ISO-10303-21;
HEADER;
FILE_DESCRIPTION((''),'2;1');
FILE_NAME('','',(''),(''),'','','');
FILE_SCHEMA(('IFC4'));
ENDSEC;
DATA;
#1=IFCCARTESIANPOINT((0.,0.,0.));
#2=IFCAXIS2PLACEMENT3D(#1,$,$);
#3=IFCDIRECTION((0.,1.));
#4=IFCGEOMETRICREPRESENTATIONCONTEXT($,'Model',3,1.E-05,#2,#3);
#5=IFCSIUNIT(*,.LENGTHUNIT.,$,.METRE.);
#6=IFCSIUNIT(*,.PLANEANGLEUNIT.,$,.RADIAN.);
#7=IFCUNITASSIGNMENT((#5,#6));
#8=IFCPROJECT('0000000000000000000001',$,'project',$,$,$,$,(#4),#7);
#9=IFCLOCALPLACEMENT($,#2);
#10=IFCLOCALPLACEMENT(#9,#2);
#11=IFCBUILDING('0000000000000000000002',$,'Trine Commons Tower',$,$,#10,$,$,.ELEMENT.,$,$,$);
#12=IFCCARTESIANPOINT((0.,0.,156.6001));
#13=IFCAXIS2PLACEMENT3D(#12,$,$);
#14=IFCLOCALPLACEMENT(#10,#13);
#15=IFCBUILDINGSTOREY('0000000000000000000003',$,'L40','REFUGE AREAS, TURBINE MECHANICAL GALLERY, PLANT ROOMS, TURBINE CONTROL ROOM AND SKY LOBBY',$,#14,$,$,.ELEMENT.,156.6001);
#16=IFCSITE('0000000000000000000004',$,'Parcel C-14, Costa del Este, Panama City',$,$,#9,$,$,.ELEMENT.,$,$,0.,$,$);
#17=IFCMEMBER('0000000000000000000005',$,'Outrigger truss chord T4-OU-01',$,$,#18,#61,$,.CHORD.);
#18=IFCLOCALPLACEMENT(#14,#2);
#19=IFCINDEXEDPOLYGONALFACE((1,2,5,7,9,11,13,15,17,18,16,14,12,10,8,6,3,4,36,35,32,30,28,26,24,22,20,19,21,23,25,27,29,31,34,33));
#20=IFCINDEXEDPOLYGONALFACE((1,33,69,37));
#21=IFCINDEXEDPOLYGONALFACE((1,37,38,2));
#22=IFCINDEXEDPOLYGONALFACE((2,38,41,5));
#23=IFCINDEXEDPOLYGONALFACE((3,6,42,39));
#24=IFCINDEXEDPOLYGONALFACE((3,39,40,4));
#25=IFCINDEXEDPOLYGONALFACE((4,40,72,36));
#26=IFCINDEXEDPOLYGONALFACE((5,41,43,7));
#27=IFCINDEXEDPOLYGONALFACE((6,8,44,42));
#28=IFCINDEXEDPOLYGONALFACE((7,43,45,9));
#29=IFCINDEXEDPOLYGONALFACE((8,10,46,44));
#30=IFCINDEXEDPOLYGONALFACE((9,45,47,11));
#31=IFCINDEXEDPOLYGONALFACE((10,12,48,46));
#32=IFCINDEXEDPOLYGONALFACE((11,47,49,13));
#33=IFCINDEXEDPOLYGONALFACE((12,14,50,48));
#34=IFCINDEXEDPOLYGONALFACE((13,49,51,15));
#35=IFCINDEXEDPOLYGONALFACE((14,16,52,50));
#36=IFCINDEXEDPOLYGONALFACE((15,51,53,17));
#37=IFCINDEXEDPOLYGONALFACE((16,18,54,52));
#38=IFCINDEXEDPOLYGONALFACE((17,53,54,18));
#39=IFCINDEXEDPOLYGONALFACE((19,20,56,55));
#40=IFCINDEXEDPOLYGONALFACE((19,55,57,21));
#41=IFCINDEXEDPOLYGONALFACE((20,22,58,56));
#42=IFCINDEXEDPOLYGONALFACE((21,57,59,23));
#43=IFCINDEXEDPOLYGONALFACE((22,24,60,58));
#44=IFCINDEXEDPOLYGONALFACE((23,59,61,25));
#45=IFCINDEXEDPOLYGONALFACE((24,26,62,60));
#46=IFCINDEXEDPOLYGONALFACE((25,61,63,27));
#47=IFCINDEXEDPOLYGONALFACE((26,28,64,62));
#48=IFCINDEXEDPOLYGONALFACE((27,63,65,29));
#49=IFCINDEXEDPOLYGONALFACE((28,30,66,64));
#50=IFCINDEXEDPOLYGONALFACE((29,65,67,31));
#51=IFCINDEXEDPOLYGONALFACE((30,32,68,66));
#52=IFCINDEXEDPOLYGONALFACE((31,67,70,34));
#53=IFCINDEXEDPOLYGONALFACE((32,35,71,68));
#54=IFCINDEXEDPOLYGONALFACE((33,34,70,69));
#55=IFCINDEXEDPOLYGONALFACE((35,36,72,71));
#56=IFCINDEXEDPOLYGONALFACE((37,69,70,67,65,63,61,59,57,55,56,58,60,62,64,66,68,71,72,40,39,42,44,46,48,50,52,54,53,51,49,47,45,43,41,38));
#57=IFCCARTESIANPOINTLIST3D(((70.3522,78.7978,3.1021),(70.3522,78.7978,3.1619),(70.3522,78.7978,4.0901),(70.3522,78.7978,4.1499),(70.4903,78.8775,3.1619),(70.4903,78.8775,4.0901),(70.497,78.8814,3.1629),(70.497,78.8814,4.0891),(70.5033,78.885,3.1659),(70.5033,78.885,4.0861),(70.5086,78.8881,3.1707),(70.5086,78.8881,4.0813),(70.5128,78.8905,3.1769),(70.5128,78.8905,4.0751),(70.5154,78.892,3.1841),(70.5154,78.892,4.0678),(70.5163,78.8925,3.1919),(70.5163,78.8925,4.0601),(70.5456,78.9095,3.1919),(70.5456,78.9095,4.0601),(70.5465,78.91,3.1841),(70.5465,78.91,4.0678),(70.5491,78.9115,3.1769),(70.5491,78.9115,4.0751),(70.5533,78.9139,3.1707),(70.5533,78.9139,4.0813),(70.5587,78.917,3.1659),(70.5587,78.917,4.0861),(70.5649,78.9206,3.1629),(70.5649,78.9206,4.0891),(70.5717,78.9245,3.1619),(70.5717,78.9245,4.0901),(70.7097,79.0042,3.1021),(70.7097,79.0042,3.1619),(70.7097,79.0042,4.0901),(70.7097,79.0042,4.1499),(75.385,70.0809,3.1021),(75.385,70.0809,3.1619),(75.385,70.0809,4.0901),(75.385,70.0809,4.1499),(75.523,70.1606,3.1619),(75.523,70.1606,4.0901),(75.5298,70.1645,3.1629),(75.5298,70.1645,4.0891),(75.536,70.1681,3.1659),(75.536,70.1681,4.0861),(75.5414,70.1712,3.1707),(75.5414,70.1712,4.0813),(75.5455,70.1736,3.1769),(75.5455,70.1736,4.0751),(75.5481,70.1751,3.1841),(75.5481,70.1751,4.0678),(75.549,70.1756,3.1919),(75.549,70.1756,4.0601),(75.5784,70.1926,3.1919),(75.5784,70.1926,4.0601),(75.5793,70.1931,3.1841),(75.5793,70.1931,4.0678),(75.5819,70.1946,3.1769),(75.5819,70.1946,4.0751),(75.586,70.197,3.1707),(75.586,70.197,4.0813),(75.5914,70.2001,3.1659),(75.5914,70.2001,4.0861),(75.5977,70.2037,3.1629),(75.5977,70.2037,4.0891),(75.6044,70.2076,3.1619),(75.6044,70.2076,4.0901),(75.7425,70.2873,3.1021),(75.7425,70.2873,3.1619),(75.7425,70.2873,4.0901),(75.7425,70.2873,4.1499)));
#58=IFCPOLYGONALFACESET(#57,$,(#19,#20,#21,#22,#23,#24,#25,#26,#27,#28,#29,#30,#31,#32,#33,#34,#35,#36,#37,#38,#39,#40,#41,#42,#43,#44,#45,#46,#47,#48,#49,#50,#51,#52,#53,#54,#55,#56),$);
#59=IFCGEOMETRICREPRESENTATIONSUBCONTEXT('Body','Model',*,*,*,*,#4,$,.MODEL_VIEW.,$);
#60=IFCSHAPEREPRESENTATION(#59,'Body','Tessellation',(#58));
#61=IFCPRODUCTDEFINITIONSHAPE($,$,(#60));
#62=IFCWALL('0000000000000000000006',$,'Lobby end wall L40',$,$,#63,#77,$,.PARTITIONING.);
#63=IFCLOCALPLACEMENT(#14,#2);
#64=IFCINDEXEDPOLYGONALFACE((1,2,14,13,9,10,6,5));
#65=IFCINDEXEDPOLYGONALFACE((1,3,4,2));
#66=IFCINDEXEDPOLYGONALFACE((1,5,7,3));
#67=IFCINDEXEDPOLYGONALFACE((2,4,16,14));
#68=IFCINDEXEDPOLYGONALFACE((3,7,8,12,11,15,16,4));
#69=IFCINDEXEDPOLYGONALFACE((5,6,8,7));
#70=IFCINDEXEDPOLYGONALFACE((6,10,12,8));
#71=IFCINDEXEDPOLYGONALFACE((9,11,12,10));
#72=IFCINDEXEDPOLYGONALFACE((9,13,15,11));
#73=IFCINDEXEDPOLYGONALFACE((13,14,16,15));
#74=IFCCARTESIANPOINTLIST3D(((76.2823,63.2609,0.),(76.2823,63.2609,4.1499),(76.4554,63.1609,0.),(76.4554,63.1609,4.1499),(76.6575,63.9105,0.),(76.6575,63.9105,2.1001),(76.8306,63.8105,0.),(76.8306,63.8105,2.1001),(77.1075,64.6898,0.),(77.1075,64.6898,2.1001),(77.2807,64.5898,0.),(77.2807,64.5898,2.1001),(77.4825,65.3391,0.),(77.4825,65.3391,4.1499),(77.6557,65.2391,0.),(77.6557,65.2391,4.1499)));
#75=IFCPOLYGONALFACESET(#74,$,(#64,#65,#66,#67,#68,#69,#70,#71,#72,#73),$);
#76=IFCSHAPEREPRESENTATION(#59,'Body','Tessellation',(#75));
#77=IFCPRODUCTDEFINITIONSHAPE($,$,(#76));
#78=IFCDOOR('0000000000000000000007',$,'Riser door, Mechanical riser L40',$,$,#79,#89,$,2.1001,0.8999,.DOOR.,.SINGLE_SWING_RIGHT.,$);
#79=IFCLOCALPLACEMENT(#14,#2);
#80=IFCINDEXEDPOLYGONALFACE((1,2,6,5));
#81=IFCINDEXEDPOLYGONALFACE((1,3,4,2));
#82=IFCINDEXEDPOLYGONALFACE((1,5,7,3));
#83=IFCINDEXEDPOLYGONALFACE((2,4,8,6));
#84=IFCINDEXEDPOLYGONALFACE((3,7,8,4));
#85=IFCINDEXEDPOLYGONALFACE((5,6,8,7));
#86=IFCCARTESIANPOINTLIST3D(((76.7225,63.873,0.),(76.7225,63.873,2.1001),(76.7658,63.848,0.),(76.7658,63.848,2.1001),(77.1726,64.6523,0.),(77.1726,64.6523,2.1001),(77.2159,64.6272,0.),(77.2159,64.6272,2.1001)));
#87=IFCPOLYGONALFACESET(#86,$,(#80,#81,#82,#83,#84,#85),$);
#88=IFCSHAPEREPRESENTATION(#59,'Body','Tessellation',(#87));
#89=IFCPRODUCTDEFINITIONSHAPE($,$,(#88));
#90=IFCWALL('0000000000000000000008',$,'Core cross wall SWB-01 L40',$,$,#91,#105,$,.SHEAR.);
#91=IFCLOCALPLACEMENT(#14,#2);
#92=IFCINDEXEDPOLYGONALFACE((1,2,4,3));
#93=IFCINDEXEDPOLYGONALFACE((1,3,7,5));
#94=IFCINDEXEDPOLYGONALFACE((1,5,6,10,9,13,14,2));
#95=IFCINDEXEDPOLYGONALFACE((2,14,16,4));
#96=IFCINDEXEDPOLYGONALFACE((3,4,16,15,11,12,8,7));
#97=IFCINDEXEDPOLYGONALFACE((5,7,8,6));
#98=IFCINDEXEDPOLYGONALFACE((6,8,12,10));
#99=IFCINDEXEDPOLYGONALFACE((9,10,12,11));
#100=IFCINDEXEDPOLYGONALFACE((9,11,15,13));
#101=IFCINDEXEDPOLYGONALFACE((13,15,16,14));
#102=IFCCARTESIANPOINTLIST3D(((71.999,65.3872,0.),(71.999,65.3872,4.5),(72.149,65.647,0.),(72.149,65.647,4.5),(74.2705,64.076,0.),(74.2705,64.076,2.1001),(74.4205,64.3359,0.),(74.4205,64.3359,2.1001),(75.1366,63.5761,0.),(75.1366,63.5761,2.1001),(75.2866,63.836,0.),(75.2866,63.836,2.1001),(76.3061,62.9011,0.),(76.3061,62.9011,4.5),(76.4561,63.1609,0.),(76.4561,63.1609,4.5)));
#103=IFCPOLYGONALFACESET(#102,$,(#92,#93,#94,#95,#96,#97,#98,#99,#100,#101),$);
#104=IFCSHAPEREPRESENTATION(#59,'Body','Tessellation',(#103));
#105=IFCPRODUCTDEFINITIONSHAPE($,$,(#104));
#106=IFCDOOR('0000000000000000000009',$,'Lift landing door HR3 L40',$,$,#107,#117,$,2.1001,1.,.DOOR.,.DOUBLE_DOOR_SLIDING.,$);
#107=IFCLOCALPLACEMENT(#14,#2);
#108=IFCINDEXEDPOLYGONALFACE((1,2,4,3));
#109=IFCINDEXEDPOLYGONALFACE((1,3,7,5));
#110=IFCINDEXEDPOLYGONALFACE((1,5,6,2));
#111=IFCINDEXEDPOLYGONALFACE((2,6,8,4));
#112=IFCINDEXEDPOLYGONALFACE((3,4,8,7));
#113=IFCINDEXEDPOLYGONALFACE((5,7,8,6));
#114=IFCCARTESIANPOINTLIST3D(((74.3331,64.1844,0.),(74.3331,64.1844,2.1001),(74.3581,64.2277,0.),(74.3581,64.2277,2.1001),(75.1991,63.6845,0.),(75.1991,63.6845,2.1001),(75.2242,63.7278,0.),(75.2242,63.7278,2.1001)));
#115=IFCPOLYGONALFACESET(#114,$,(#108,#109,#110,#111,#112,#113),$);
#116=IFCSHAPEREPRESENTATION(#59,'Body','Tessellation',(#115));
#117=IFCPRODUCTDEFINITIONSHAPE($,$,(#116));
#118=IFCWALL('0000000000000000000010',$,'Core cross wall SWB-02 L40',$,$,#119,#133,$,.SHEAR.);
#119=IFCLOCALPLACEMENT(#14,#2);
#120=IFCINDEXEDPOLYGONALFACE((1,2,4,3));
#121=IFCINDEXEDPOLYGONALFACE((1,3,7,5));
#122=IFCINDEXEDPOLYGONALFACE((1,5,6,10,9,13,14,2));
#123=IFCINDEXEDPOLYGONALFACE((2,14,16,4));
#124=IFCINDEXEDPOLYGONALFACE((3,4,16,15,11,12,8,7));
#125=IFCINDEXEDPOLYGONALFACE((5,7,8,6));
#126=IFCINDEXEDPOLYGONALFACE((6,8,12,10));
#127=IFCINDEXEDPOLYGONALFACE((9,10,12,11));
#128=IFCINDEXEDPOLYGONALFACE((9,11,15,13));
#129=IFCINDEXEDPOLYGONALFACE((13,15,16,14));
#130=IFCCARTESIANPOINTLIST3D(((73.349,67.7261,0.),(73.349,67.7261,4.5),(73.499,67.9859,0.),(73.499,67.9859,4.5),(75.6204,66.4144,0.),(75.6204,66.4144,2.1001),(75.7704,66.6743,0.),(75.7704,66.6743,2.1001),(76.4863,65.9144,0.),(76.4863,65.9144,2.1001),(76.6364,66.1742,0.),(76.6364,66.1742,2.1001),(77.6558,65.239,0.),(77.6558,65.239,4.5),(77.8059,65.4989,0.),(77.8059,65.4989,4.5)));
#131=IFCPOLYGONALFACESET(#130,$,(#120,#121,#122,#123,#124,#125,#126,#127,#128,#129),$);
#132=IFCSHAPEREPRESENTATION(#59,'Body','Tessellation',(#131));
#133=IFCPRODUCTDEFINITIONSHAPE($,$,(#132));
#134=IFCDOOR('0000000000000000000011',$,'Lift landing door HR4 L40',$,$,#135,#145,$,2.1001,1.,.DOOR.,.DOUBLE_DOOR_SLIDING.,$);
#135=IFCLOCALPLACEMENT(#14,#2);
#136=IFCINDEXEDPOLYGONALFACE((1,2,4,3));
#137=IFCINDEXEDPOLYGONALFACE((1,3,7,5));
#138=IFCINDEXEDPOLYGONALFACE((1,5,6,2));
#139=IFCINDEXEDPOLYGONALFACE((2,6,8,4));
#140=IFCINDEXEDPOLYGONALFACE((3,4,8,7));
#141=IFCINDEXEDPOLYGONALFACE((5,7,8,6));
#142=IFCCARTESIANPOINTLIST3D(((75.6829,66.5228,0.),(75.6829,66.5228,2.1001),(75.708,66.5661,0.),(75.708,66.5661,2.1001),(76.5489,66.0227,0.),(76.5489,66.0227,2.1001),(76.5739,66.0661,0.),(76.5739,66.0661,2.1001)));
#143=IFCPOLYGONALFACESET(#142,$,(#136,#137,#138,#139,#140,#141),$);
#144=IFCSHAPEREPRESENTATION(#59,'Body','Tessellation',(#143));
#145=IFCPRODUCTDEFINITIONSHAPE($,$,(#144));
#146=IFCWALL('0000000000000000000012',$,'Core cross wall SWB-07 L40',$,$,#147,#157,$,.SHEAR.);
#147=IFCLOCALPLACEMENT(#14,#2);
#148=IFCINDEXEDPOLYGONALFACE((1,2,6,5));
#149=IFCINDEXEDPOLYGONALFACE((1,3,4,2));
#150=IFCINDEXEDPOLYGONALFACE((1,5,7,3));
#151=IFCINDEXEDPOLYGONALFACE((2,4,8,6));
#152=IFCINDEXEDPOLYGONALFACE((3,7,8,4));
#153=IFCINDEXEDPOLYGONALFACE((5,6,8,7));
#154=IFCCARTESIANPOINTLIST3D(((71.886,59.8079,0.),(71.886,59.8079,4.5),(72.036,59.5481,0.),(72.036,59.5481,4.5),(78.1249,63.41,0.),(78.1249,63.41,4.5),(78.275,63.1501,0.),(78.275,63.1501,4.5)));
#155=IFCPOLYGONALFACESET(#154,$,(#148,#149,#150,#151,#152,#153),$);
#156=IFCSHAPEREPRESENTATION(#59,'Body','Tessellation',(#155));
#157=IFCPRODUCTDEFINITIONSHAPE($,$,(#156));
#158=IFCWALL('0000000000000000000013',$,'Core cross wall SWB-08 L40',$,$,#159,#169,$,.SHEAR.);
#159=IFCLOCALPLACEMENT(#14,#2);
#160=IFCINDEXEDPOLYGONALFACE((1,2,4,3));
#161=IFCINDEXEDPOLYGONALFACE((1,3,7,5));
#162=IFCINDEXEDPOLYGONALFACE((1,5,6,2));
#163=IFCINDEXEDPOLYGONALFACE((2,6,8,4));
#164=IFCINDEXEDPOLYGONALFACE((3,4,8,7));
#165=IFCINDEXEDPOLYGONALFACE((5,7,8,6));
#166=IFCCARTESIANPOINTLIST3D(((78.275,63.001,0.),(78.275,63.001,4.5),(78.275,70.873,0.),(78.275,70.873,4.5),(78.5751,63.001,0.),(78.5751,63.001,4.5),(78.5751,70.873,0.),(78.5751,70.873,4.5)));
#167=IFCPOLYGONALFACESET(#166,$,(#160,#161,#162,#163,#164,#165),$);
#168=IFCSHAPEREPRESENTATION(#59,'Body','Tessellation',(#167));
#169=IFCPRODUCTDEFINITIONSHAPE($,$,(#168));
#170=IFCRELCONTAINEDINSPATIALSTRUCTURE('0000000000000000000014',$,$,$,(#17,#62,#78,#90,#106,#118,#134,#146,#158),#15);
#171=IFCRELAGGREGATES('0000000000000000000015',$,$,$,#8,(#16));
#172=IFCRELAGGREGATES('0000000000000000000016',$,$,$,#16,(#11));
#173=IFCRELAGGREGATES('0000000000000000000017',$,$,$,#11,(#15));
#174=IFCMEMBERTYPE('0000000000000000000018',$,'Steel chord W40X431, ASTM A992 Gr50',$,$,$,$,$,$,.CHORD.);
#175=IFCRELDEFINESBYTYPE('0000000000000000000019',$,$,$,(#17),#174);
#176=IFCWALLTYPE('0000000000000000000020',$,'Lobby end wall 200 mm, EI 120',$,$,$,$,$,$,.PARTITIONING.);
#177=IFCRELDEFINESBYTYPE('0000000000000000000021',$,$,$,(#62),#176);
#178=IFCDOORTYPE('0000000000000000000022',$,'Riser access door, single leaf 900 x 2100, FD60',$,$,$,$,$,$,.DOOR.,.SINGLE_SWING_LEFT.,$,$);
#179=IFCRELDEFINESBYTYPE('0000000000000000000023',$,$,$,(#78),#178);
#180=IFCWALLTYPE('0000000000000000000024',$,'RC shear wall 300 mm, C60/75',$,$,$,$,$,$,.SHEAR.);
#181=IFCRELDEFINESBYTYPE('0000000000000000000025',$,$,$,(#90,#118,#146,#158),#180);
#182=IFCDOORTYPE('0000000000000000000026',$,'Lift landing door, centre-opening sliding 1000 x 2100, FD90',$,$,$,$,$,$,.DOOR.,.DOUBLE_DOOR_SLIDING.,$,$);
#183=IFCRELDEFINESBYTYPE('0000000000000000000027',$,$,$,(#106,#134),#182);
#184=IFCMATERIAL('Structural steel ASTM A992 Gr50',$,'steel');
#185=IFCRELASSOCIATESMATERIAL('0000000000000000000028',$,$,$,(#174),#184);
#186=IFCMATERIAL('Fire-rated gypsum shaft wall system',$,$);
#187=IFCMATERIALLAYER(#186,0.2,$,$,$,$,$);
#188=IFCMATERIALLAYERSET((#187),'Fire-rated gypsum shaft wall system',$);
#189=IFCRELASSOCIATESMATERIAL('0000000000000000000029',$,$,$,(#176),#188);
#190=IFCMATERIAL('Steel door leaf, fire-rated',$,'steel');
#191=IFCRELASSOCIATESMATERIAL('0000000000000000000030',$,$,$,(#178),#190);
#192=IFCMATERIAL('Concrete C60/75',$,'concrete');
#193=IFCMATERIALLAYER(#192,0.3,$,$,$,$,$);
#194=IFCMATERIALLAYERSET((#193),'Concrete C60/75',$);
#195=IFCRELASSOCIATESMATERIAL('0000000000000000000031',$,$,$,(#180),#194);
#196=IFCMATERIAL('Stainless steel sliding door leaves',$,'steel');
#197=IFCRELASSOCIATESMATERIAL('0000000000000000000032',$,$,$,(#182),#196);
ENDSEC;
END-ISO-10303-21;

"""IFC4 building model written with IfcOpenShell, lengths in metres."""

from ifc_helpers import new_model, si_unit, direction, frame, frame_2d, origin, origin_2d, place, context, subcontext, project, spatial, rectangle, i_section, extrude, material, layer, layer_set, material_profile, profile_set, type_object, element, fill, save


model = new_model("IFC4")

# Units and contexts
model_context = context("Model", 3, precision=1e-05, world=origin(), true_north=direction((0.0, 1.0)))
body_context = subcontext(model_context, "Body", "Model", "MODEL_VIEW")
ifc_project = project(units=[si_unit("LENGTHUNIT", "METRE"), si_unit("PLANEANGLEUNIT", "RADIAN")], contexts=[model_context])

# Site, building, storey
site_placement = place(None, origin())
site = spatial("IfcSite", under=ifc_project, at=site_placement, Name="Parcel C-14, Costa del Este, Panama City", CompositionType="ELEMENT", RefElevation=0.0)
building_placement = place(site_placement, origin())
building = spatial("IfcBuilding", under=site, at=building_placement, Name="Trine Commons Tower", CompositionType="ELEMENT")
storey_placement = place(building_placement, frame((0.0, 0.0, 156.6001)))
storey = spatial("IfcBuildingStorey", under=building, at=storey_placement, Name="L40", Description="REFUGE AREAS, TURBINE MECHANICAL GALLERY, PLANT ROOMS, TURBINE CONTROL ROOM AND SKY LOBBY", CompositionType="ELEMENT", Elevation=156.6001)

# Member
ifc_material_1 = material(Name="Structural steel ASTM A992 Gr50", Category="steel")
ifc_material_profile = material_profile(ifc_material_1, i_section(OverallWidth=0.4128, OverallDepth=1.0479, WebThickness=0.0339, FlangeThickness=0.0598, FilletRadius=0.03, at=origin_2d()), Name="W40X431")
ifc_profile_set = profile_set([ifc_material_profile], Name="Structural steel ASTM A992 Gr50")
member_type = type_object("IfcMemberType", Name="Steel chord W40X431, ASTM A992 Gr50", PredefinedType="CHORD", material=ifc_profile_set)
member_placement = place(storey_placement, frame((75.5637, 70.1841, 3.626), z_axis=(-0.500005, 0.866022, 0.0), x_axis=(-0.866022, -0.500005, 0.0)))
element("IfcMember", 1, at=member_placement, inside=storey, type_object=member_type, Name="Outrigger truss chord T4-OU-01", PredefinedType="CHORD", context=body_context, shape_type="SweptSolid", body=[
    extrude(i_section(OverallWidth=0.4128, OverallDepth=1.0479, WebThickness=0.0339, FlangeThickness=0.0598, FilletRadius=0.03, at=origin_2d()), origin(), (0.0, 0.0, 1.0), 10.0654),
])

# Walls, openings, doors
ifc_material_2 = material(Name="Fire-rated gypsum shaft wall system")
ifc_layer_1 = layer(ifc_material_2, 0.2)
ifc_layer_set_1 = layer_set([ifc_layer_1], Name="Fire-rated gypsum shaft wall system")
wall_type_1 = type_object("IfcWallType", Name="Lobby end wall 200 mm, EI 120", PredefinedType="PARTITIONING", material=ifc_layer_set_1)
wall_1_placement = place(storey_placement, frame((77.5691, 65.2891, 0.0), z_axis=(0.0, 0.0, 1.0), x_axis=(-0.500122, -0.865955, 0.0)))
wall_1 = element("IfcWall", 2, at=wall_1_placement, inside=storey, type_object=wall_type_1, Name="Lobby end wall L40", PredefinedType="PARTITIONING", context=body_context, shape_type="SweptSolid", body=[
    extrude(rectangle(XDim=2.3999, YDim=0.2, at=frame_2d((1.2, 0.0))), origin(), (0.0, 0.0, 1.0), 4.1499),
])
opening_1_placement = place(wall_1_placement, frame((0.7498, 0.0, 0.0)))
opening_1 = element("IfcOpeningElement", 3, at=opening_1_placement, cuts=wall_1, PredefinedType="OPENING", context=body_context, shape_type="SweptSolid", body=[
    extrude(rectangle(XDim=0.8999, YDim=2.1001, at=frame_2d((0.45, 1.05))), frame((0.0, 0.1099, 0.0), z_axis=(0.0, -1.0, 0.0), x_axis=(1.0, 0.0, 0.0)), (0.0, 0.0, 1.0), 0.22),
])
ifc_material_3 = material(Name="Steel door leaf, fire-rated", Category="steel")
door_type_1 = type_object("IfcDoorType", Name="Riser access door, single leaf 900 x 2100, FD60", OperationType="SINGLE_SWING_LEFT", PredefinedType="DOOR", material=ifc_material_3)
door_1_placement = place(opening_1_placement, frame((0.8999, 0.0, 0.0), z_axis=(0.0, 0.0, 1.0), x_axis=(-1.0, 0.0, 0.0)))
door_1 = element("IfcDoor", 4, at=door_1_placement, inside=storey, type_object=door_type_1, Name="Riser door, Mechanical riser L40", OperationType="SINGLE_SWING_RIGHT", OverallHeight=2.1001, OverallWidth=0.8999, PredefinedType="DOOR", context=body_context, shape_type="SweptSolid", body=[
    extrude(rectangle(XDim=0.8999, YDim=2.1001, at=frame_2d((0.45, 1.05))), frame((0.0, 0.0249, 0.0), z_axis=(0.0, -1.0, 0.0), x_axis=(1.0, 0.0, 0.0)), (0.0, 0.0, 1.0), 0.05),
])
fill(opening_1, door_1)
ifc_material_4 = material(Name="Concrete C60/75", Category="concrete")
ifc_layer_2 = layer(ifc_material_4, 0.3)
ifc_layer_set_2 = layer_set([ifc_layer_2], Name="Concrete C60/75")
wall_type_2 = type_object("IfcWallType", Name="RC shear wall 300 mm, C60/75", PredefinedType="SHEAR", material=ifc_layer_set_2)
wall_2_placement = place(storey_placement, frame((76.3811, 63.031, 0.0), z_axis=(0.0, 0.0, 1.0), x_axis=(-0.866081, 0.499904, 0.0)))
wall_2 = element("IfcWall", 5, at=wall_2_placement, inside=storey, type_object=wall_type_2, Name="Core cross wall SWB-01 L40", PredefinedType="SHEAR", context=body_context, shape_type="SweptSolid", body=[
    extrude(rectangle(XDim=4.9731, YDim=0.3, at=frame_2d((2.4866, 0.0))), origin(), (0.0, 0.0, 1.0), 4.5),
])
opening_2_placement = place(wall_2_placement, frame((1.3503, 0.0, 0.0)))
opening_2 = element("IfcOpeningElement", 6, at=opening_2_placement, cuts=wall_2, PredefinedType="OPENING", context=body_context, shape_type="SweptSolid", body=[
    extrude(rectangle(XDim=1.0, YDim=2.1001, at=frame_2d((0.5, 1.05))), frame((0.0, 0.1599, 0.0), z_axis=(0.0, -1.0, 0.0), x_axis=(1.0, 0.0, 0.0)), (0.0, 0.0, 1.0), 0.3201),
])
ifc_material_5 = material(Name="Stainless steel sliding door leaves", Category="steel")
door_type_2 = type_object("IfcDoorType", Name="Lift landing door, centre-opening sliding 1000 x 2100, FD90", OperationType="DOUBLE_DOOR_SLIDING", PredefinedType="DOOR", material=ifc_material_5)
door_2_placement = place(opening_2_placement, origin())
door_2 = element("IfcDoor", 7, at=door_2_placement, inside=storey, type_object=door_type_2, Name="Lift landing door HR3 L40", OperationType="DOUBLE_DOOR_SLIDING", OverallHeight=2.1001, OverallWidth=1.0, PredefinedType="DOOR", context=body_context, shape_type="SweptSolid", body=[
    extrude(rectangle(XDim=1.0, YDim=2.1001, at=frame_2d((0.5, 1.05))), frame((0.0, 0.0249, 0.0), z_axis=(0.0, -1.0, 0.0), x_axis=(1.0, 0.0, 0.0)), (0.0, 0.0, 1.0), 0.05),
])
fill(opening_2, door_2)
wall_3_placement = place(storey_placement, frame((77.731, 65.3689, 0.0), z_axis=(0.0, 0.0, 1.0), x_axis=(-0.865984, 0.500072, 0.0)))
wall_3 = element("IfcWall", 8, at=wall_3_placement, inside=storey, type_object=wall_type_2, Name="Core cross wall SWB-02 L40", PredefinedType="SHEAR", context=body_context, shape_type="SweptSolid", body=[
    extrude(rectangle(XDim=4.9734, YDim=0.3, at=frame_2d((2.4868, 0.0))), origin(), (0.0, 0.0, 1.0), 4.5),
])
opening_3_placement = place(wall_3_placement, frame((1.3506, 0.0, 0.0)))
opening_3 = element("IfcOpeningElement", 9, at=opening_3_placement, cuts=wall_3, PredefinedType="OPENING", context=body_context, shape_type="SweptSolid", body=[
    extrude(rectangle(XDim=1.0, YDim=2.1001, at=frame_2d((0.5, 1.05))), frame((0.0, 0.1599, 0.0), z_axis=(0.0, -1.0, 0.0), x_axis=(1.0, 0.0, 0.0)), (0.0, 0.0, 1.0), 0.3201),
])
door_3_placement = place(opening_3_placement, origin())
door_3 = element("IfcDoor", 10, at=door_3_placement, inside=storey, type_object=door_type_2, Name="Lift landing door HR4 L40", OperationType="DOUBLE_DOOR_SLIDING", OverallHeight=2.1001, OverallWidth=1.0, PredefinedType="DOOR", context=body_context, shape_type="SweptSolid", body=[
    extrude(rectangle(XDim=1.0, YDim=2.1001, at=frame_2d((0.5, 1.05))), frame((0.0, 0.0249, 0.0), z_axis=(0.0, -1.0, 0.0), x_axis=(1.0, 0.0, 0.0)), (0.0, 0.0, 1.0), 0.05),
])
fill(opening_3, door_3)

# Walls
wall_4_placement = place(storey_placement, frame((78.2, 63.28, 0.0), z_axis=(0.0, 0.0, 1.0), x_axis=(-0.866028, -0.499995, 0.0)))
element("IfcWall", 11, at=wall_4_placement, inside=storey, type_object=wall_type_2, Name="Core cross wall SWB-07 L40", PredefinedType="SHEAR", context=body_context, shape_type="SweptSolid", body=[
    extrude(rectangle(XDim=7.2041, YDim=0.3, at=frame_2d((3.6021, 0.0))), origin(), (0.0, 0.0, 1.0), 4.5),
])
wall_5_placement = place(storey_placement, frame((78.425, 63.001, 0.0), z_axis=(0.0, 0.0, 1.0), x_axis=(0.0, 1.0, 0.0)))
element("IfcWall", 12, at=wall_5_placement, inside=storey, type_object=wall_type_2, Name="Core cross wall SWB-08 L40", PredefinedType="SHEAR", context=body_context, shape_type="SweptSolid", body=[
    extrude(rectangle(XDim=7.8721, YDim=0.3, at=frame_2d((3.936, 0.0))), origin(), (0.0, 0.0, 1.0), 4.5),
])

save(model, "model.ifc")
